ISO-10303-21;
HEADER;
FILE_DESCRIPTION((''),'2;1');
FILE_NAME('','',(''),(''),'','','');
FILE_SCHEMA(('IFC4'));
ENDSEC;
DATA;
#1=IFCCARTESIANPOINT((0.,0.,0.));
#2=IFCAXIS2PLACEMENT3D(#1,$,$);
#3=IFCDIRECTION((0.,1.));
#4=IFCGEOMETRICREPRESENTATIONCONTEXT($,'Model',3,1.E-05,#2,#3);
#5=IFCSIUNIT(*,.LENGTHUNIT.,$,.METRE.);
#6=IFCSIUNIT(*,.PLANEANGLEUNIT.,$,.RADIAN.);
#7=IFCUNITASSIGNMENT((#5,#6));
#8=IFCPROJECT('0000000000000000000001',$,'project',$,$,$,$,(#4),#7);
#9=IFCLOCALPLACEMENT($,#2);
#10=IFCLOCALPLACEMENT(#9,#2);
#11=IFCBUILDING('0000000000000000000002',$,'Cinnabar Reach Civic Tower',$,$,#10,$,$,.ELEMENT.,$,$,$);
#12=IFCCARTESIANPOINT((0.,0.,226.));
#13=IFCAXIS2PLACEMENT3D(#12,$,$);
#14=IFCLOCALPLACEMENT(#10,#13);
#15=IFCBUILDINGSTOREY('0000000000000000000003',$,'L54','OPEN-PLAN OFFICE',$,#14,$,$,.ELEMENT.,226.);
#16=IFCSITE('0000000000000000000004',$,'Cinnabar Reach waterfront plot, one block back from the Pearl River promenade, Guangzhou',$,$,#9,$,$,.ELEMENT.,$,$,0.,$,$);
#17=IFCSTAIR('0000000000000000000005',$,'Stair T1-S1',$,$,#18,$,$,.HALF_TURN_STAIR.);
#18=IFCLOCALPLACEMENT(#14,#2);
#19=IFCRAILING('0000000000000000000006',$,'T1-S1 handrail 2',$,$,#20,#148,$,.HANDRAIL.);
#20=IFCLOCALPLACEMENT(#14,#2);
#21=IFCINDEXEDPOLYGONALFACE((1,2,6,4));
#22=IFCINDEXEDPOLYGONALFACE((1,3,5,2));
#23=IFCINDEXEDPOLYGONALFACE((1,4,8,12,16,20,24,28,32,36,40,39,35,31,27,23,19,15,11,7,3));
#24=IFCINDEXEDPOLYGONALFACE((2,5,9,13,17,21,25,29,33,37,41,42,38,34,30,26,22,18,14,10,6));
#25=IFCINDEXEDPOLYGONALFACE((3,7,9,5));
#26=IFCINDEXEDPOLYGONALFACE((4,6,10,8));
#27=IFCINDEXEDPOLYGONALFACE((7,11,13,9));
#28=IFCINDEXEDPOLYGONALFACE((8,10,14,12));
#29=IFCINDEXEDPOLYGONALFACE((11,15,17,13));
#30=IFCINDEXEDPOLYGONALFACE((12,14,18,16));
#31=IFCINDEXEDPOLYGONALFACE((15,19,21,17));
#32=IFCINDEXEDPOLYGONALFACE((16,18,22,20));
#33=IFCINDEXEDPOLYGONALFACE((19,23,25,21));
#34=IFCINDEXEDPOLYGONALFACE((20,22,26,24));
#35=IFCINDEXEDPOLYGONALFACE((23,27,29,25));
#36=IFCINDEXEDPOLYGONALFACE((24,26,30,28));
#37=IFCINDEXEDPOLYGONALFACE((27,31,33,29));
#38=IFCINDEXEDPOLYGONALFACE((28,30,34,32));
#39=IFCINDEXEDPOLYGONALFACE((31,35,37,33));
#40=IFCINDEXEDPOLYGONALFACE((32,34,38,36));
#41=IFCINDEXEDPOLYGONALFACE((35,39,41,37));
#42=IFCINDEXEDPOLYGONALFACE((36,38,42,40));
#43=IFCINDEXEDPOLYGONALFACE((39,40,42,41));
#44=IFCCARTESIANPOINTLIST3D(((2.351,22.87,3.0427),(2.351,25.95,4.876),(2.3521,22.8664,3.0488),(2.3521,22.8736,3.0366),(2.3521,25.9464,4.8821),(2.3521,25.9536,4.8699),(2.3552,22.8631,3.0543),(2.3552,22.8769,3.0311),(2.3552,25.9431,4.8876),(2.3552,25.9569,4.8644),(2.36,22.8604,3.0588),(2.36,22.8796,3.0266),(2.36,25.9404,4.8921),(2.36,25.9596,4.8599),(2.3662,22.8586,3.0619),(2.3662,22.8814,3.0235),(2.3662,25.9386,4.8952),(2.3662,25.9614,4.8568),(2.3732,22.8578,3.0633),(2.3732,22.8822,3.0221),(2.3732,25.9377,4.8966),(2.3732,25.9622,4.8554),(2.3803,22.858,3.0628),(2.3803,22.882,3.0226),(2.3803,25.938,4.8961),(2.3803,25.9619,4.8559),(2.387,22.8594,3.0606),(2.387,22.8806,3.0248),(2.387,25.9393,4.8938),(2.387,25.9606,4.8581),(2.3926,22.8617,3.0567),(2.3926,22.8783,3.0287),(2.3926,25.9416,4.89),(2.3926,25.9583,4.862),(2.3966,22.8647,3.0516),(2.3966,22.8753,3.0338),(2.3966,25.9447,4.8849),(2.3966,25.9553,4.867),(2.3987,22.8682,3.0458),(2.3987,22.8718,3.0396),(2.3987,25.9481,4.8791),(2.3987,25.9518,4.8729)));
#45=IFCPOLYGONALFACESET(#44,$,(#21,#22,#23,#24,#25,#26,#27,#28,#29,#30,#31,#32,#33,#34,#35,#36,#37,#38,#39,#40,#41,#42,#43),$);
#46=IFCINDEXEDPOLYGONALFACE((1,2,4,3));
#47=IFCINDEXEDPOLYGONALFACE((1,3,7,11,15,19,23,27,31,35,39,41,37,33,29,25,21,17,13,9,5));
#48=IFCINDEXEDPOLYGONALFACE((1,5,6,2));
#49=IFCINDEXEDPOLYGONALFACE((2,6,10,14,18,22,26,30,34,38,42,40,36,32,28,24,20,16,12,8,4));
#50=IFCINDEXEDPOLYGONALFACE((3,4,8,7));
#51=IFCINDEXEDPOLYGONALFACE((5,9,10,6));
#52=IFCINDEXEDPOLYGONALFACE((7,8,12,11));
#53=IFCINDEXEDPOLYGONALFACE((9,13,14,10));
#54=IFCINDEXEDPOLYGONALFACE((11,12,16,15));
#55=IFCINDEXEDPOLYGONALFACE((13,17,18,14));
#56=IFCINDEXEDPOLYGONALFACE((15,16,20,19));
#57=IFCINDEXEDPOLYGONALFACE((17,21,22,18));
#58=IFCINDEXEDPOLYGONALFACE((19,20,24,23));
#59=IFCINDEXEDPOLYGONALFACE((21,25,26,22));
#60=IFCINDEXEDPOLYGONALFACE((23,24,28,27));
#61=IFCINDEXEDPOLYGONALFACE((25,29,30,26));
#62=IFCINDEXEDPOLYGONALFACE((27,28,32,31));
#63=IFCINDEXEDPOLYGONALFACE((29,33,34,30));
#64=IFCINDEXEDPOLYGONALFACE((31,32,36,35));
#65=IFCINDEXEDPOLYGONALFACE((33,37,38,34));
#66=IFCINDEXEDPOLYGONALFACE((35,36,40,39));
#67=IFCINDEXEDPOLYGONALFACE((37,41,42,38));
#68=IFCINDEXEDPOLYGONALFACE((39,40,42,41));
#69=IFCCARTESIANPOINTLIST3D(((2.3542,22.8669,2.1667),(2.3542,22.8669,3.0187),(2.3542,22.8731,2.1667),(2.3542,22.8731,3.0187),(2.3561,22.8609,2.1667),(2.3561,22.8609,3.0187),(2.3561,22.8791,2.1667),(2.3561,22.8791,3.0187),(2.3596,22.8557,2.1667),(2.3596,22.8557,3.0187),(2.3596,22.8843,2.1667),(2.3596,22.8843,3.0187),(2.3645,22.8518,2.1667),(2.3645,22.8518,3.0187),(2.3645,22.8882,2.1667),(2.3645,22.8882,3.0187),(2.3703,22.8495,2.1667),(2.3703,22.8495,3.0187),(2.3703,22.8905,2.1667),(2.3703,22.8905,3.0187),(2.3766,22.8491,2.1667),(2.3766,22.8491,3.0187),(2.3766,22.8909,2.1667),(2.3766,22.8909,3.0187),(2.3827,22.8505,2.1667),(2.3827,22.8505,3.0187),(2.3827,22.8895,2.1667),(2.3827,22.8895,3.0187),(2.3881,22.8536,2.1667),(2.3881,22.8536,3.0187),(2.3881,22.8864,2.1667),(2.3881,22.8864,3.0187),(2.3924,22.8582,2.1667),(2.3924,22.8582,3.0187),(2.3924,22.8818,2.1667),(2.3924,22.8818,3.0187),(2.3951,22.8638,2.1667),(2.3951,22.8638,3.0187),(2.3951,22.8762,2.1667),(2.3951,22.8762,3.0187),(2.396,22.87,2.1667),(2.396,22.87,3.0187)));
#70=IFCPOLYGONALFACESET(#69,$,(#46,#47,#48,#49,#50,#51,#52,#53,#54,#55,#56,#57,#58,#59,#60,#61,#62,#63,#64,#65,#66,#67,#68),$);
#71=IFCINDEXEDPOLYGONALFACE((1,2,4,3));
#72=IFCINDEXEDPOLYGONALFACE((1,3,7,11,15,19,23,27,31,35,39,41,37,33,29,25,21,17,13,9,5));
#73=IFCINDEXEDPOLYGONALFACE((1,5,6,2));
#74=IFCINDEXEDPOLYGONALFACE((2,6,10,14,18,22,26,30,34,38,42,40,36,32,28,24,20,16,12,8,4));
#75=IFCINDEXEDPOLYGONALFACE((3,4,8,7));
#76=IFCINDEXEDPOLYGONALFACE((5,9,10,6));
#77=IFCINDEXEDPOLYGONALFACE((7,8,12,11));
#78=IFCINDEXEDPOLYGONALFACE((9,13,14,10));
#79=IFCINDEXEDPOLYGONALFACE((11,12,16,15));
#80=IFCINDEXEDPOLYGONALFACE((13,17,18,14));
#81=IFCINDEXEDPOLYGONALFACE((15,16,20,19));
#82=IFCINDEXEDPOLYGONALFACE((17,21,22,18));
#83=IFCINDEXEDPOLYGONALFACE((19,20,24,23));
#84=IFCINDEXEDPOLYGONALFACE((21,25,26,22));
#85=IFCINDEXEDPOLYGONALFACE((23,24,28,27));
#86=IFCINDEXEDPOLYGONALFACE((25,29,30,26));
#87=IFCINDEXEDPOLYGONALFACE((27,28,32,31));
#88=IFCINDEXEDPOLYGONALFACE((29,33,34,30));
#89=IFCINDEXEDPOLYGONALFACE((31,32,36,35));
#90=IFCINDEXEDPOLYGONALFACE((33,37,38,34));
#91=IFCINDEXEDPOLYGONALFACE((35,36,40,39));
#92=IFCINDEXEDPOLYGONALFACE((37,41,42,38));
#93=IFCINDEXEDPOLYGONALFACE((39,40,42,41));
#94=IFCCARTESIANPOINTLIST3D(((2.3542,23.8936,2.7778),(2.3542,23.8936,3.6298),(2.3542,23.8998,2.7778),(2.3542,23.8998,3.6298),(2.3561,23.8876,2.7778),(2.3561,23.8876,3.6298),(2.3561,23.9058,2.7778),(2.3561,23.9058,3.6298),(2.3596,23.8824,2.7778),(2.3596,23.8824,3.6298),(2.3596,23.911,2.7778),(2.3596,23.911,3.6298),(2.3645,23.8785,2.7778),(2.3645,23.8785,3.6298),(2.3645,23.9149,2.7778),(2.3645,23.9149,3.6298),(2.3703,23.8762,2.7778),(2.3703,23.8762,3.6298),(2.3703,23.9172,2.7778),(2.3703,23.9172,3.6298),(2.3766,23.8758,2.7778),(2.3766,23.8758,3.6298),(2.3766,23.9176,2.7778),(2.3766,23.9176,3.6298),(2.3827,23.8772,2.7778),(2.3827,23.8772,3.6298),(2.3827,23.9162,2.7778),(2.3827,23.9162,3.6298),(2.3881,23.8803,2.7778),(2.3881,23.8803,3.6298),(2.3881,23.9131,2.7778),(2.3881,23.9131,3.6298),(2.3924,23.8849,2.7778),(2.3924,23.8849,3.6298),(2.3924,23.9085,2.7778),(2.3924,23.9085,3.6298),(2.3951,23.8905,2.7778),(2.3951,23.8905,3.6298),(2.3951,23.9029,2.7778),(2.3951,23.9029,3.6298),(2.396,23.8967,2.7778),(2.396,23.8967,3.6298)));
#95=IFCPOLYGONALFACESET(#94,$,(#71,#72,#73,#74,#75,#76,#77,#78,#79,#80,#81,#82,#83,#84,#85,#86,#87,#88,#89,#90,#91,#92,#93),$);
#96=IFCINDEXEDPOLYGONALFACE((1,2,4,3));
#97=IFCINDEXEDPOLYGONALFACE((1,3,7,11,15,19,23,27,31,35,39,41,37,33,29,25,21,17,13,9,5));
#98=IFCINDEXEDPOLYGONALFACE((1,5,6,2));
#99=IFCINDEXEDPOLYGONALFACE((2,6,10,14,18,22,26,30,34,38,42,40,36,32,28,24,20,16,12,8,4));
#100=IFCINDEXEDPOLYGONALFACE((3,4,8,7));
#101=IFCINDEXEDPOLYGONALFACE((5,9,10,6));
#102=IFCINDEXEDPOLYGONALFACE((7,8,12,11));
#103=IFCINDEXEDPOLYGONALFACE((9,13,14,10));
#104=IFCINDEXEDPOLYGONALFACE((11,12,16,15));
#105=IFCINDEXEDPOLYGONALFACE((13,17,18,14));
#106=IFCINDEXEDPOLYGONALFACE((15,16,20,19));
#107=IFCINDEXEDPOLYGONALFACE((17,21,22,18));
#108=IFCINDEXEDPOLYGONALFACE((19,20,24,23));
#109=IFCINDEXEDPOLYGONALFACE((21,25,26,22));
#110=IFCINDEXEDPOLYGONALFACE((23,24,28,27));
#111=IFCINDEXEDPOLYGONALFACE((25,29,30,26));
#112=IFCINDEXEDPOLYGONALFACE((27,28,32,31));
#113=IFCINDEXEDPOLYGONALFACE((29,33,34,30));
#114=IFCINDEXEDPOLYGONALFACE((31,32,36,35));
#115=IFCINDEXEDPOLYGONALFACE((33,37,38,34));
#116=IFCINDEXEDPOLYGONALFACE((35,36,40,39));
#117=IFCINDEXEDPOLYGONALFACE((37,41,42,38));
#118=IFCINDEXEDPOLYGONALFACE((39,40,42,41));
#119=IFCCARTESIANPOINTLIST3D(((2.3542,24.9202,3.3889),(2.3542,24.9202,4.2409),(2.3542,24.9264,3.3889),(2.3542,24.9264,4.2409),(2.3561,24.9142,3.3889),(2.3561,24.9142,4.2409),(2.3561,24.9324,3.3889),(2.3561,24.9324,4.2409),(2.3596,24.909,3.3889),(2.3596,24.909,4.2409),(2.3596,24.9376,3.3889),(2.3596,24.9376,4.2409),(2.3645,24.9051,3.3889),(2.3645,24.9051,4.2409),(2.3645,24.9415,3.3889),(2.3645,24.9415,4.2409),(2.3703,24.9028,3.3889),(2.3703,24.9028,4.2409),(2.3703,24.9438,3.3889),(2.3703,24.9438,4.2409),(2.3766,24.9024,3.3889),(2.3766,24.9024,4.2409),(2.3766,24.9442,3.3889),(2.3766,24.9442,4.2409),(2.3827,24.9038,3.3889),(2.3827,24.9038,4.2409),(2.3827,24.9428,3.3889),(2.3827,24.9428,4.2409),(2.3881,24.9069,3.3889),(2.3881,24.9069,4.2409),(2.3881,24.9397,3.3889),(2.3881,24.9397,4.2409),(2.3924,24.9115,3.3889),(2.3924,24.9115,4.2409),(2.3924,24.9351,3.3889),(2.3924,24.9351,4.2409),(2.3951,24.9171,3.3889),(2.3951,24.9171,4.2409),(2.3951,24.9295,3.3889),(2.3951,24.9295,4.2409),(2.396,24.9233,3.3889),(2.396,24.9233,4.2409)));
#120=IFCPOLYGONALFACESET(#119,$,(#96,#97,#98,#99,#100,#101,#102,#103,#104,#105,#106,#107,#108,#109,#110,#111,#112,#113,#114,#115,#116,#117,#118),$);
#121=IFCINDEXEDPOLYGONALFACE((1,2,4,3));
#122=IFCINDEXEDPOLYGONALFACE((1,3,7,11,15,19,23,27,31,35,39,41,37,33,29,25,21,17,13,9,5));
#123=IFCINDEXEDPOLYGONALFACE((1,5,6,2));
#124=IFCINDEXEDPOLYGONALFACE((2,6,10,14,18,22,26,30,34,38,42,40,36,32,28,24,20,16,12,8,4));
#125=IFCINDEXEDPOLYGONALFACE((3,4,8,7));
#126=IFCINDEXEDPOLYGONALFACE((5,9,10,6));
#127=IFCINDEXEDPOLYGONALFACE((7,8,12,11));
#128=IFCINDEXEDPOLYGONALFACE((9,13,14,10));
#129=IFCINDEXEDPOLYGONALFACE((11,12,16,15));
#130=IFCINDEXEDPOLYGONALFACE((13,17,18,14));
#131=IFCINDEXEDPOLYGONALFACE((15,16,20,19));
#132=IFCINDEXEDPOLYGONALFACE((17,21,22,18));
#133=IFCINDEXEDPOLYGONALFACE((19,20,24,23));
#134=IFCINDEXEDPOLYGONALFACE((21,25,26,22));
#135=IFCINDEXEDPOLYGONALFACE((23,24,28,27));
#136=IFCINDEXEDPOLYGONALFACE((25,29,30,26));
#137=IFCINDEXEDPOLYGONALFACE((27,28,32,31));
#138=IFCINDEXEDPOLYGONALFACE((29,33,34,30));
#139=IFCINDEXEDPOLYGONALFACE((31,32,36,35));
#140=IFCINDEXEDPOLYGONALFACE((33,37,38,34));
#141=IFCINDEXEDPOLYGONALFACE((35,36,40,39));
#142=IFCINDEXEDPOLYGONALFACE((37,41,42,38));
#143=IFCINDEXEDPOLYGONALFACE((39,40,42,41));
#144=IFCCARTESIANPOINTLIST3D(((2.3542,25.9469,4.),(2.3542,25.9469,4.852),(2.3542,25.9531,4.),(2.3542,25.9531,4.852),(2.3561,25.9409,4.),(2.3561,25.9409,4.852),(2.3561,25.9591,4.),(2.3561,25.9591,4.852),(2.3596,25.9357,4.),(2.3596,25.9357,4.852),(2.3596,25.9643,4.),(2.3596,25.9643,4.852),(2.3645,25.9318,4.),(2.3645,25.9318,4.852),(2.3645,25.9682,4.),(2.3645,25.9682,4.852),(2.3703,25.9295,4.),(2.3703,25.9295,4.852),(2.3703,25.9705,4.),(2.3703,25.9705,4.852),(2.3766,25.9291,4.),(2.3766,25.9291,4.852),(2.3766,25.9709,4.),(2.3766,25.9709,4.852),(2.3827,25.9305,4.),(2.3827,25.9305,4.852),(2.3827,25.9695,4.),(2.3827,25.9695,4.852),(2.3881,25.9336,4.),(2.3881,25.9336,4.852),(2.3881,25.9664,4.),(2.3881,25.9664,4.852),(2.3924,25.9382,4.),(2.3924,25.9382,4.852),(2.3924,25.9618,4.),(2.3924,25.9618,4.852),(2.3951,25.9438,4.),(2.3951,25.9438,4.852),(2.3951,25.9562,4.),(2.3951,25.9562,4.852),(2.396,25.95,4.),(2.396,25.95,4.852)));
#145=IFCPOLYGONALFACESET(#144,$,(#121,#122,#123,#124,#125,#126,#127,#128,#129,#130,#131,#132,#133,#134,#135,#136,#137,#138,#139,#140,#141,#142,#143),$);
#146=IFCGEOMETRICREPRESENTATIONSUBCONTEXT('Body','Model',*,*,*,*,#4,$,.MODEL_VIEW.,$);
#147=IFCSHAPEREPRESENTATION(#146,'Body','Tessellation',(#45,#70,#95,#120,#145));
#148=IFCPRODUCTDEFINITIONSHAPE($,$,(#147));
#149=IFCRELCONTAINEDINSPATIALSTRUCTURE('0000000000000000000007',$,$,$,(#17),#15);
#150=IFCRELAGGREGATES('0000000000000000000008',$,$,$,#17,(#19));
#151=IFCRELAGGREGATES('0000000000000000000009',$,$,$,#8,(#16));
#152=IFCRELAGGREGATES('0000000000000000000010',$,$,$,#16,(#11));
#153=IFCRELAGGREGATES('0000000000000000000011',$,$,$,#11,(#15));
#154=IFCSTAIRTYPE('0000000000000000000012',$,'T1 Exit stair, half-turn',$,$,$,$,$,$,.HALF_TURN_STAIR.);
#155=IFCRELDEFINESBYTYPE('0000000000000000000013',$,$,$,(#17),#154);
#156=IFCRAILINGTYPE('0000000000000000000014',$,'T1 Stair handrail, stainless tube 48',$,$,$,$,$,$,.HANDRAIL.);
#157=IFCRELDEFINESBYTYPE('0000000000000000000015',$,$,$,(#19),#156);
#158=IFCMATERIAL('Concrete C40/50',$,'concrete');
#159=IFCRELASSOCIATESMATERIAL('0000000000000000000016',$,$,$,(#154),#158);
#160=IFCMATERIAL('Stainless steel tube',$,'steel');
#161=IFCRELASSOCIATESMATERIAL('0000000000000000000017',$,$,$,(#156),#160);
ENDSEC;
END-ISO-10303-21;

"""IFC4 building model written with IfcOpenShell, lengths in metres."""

from ifc_helpers import new_model, si_unit, direction, frame, origin, origin_2d, place, context, subcontext, project, spatial, circle, extrude, material, type_object, element, aggregate, save


model = new_model("IFC4")

# Units and contexts
model_context = context("Model", 3, precision=1e-05, world=origin(), true_north=direction((0.0, 1.0)))
body_context = subcontext(model_context, "Body", "Model", "MODEL_VIEW")
ifc_project = project(units=[si_unit("LENGTHUNIT", "METRE"), si_unit("PLANEANGLEUNIT", "RADIAN")], contexts=[model_context])

# Site, building, storey
site_placement = place(None, origin())
site = spatial("IfcSite", under=ifc_project, at=site_placement, Name="Cinnabar Reach waterfront plot, one block back from the Pearl River promenade, Guangzhou", CompositionType="ELEMENT", RefElevation=0.0)
building_placement = place(site_placement, origin())
building = spatial("IfcBuilding", under=site, at=building_placement, Name="Cinnabar Reach Civic Tower", CompositionType="ELEMENT")
storey_placement = place(building_placement, frame((0.0, 0.0, 226.0)))
storey = spatial("IfcBuildingStorey", under=building, at=storey_placement, Name="L54", Description="OPEN-PLAN OFFICE", CompositionType="ELEMENT", Elevation=226.0)

# Shared definitions
ifc_material_1 = material(Name="Concrete C40/50", Category="concrete")

# Stair, railing
stair_type = type_object("IfcStairType", Name="T1 Exit stair, half-turn", PredefinedType="HALF_TURN_STAIR", material=ifc_material_1)
stair_placement = place(storey_placement, origin())
stair = element("IfcStair", 1, at=stair_placement, inside=storey, type_object=stair_type, Name="Stair T1-S1", PredefinedType="HALF_TURN_STAIR")
ifc_material_2 = material(Name="Stainless steel tube", Category="steel")
railing_type = type_object("IfcRailingType", Name="T1 Stair handrail, stainless tube 48", PredefinedType="HANDRAIL", material=ifc_material_2)
railing_1_placement = place(storey_placement, frame((2.375, 22.87, 2.1667)))
railing_1 = element("IfcRailing", 2, at=railing_1_placement, type_object=railing_type, Name="T1-S1 handrail 2", PredefinedType="HANDRAIL", context=body_context, shape_type="SweptSolid", body=[
    extrude(circle(Radius=0.024, at=origin_2d()), frame((0.0, 0.0, 0.876), z_axis=(0.0, 0.859297, 0.511477), x_axis=(-1.0, 0.0, 0.0)), (0.0, 0.0, 1.0), 3.5843),
    extrude(circle(Radius=0.021, at=origin_2d()), origin(), (0.0, 0.0, 1.0), 0.852),
    extrude(circle(Radius=0.021, at=origin_2d()), frame((0.0, 1.0267, 0.6111)), (0.0, 0.0, 1.0), 0.852),
    extrude(circle(Radius=0.021, at=origin_2d()), frame((0.0, 2.0533, 1.2222)), (0.0, 0.0, 1.0), 0.852),
    extrude(circle(Radius=0.021, at=origin_2d()), frame((0.0, 3.08, 1.8333)), (0.0, 0.0, 1.0), 0.852),
])
aggregate(stair, [railing_1])

save(model, "model.ifc")
